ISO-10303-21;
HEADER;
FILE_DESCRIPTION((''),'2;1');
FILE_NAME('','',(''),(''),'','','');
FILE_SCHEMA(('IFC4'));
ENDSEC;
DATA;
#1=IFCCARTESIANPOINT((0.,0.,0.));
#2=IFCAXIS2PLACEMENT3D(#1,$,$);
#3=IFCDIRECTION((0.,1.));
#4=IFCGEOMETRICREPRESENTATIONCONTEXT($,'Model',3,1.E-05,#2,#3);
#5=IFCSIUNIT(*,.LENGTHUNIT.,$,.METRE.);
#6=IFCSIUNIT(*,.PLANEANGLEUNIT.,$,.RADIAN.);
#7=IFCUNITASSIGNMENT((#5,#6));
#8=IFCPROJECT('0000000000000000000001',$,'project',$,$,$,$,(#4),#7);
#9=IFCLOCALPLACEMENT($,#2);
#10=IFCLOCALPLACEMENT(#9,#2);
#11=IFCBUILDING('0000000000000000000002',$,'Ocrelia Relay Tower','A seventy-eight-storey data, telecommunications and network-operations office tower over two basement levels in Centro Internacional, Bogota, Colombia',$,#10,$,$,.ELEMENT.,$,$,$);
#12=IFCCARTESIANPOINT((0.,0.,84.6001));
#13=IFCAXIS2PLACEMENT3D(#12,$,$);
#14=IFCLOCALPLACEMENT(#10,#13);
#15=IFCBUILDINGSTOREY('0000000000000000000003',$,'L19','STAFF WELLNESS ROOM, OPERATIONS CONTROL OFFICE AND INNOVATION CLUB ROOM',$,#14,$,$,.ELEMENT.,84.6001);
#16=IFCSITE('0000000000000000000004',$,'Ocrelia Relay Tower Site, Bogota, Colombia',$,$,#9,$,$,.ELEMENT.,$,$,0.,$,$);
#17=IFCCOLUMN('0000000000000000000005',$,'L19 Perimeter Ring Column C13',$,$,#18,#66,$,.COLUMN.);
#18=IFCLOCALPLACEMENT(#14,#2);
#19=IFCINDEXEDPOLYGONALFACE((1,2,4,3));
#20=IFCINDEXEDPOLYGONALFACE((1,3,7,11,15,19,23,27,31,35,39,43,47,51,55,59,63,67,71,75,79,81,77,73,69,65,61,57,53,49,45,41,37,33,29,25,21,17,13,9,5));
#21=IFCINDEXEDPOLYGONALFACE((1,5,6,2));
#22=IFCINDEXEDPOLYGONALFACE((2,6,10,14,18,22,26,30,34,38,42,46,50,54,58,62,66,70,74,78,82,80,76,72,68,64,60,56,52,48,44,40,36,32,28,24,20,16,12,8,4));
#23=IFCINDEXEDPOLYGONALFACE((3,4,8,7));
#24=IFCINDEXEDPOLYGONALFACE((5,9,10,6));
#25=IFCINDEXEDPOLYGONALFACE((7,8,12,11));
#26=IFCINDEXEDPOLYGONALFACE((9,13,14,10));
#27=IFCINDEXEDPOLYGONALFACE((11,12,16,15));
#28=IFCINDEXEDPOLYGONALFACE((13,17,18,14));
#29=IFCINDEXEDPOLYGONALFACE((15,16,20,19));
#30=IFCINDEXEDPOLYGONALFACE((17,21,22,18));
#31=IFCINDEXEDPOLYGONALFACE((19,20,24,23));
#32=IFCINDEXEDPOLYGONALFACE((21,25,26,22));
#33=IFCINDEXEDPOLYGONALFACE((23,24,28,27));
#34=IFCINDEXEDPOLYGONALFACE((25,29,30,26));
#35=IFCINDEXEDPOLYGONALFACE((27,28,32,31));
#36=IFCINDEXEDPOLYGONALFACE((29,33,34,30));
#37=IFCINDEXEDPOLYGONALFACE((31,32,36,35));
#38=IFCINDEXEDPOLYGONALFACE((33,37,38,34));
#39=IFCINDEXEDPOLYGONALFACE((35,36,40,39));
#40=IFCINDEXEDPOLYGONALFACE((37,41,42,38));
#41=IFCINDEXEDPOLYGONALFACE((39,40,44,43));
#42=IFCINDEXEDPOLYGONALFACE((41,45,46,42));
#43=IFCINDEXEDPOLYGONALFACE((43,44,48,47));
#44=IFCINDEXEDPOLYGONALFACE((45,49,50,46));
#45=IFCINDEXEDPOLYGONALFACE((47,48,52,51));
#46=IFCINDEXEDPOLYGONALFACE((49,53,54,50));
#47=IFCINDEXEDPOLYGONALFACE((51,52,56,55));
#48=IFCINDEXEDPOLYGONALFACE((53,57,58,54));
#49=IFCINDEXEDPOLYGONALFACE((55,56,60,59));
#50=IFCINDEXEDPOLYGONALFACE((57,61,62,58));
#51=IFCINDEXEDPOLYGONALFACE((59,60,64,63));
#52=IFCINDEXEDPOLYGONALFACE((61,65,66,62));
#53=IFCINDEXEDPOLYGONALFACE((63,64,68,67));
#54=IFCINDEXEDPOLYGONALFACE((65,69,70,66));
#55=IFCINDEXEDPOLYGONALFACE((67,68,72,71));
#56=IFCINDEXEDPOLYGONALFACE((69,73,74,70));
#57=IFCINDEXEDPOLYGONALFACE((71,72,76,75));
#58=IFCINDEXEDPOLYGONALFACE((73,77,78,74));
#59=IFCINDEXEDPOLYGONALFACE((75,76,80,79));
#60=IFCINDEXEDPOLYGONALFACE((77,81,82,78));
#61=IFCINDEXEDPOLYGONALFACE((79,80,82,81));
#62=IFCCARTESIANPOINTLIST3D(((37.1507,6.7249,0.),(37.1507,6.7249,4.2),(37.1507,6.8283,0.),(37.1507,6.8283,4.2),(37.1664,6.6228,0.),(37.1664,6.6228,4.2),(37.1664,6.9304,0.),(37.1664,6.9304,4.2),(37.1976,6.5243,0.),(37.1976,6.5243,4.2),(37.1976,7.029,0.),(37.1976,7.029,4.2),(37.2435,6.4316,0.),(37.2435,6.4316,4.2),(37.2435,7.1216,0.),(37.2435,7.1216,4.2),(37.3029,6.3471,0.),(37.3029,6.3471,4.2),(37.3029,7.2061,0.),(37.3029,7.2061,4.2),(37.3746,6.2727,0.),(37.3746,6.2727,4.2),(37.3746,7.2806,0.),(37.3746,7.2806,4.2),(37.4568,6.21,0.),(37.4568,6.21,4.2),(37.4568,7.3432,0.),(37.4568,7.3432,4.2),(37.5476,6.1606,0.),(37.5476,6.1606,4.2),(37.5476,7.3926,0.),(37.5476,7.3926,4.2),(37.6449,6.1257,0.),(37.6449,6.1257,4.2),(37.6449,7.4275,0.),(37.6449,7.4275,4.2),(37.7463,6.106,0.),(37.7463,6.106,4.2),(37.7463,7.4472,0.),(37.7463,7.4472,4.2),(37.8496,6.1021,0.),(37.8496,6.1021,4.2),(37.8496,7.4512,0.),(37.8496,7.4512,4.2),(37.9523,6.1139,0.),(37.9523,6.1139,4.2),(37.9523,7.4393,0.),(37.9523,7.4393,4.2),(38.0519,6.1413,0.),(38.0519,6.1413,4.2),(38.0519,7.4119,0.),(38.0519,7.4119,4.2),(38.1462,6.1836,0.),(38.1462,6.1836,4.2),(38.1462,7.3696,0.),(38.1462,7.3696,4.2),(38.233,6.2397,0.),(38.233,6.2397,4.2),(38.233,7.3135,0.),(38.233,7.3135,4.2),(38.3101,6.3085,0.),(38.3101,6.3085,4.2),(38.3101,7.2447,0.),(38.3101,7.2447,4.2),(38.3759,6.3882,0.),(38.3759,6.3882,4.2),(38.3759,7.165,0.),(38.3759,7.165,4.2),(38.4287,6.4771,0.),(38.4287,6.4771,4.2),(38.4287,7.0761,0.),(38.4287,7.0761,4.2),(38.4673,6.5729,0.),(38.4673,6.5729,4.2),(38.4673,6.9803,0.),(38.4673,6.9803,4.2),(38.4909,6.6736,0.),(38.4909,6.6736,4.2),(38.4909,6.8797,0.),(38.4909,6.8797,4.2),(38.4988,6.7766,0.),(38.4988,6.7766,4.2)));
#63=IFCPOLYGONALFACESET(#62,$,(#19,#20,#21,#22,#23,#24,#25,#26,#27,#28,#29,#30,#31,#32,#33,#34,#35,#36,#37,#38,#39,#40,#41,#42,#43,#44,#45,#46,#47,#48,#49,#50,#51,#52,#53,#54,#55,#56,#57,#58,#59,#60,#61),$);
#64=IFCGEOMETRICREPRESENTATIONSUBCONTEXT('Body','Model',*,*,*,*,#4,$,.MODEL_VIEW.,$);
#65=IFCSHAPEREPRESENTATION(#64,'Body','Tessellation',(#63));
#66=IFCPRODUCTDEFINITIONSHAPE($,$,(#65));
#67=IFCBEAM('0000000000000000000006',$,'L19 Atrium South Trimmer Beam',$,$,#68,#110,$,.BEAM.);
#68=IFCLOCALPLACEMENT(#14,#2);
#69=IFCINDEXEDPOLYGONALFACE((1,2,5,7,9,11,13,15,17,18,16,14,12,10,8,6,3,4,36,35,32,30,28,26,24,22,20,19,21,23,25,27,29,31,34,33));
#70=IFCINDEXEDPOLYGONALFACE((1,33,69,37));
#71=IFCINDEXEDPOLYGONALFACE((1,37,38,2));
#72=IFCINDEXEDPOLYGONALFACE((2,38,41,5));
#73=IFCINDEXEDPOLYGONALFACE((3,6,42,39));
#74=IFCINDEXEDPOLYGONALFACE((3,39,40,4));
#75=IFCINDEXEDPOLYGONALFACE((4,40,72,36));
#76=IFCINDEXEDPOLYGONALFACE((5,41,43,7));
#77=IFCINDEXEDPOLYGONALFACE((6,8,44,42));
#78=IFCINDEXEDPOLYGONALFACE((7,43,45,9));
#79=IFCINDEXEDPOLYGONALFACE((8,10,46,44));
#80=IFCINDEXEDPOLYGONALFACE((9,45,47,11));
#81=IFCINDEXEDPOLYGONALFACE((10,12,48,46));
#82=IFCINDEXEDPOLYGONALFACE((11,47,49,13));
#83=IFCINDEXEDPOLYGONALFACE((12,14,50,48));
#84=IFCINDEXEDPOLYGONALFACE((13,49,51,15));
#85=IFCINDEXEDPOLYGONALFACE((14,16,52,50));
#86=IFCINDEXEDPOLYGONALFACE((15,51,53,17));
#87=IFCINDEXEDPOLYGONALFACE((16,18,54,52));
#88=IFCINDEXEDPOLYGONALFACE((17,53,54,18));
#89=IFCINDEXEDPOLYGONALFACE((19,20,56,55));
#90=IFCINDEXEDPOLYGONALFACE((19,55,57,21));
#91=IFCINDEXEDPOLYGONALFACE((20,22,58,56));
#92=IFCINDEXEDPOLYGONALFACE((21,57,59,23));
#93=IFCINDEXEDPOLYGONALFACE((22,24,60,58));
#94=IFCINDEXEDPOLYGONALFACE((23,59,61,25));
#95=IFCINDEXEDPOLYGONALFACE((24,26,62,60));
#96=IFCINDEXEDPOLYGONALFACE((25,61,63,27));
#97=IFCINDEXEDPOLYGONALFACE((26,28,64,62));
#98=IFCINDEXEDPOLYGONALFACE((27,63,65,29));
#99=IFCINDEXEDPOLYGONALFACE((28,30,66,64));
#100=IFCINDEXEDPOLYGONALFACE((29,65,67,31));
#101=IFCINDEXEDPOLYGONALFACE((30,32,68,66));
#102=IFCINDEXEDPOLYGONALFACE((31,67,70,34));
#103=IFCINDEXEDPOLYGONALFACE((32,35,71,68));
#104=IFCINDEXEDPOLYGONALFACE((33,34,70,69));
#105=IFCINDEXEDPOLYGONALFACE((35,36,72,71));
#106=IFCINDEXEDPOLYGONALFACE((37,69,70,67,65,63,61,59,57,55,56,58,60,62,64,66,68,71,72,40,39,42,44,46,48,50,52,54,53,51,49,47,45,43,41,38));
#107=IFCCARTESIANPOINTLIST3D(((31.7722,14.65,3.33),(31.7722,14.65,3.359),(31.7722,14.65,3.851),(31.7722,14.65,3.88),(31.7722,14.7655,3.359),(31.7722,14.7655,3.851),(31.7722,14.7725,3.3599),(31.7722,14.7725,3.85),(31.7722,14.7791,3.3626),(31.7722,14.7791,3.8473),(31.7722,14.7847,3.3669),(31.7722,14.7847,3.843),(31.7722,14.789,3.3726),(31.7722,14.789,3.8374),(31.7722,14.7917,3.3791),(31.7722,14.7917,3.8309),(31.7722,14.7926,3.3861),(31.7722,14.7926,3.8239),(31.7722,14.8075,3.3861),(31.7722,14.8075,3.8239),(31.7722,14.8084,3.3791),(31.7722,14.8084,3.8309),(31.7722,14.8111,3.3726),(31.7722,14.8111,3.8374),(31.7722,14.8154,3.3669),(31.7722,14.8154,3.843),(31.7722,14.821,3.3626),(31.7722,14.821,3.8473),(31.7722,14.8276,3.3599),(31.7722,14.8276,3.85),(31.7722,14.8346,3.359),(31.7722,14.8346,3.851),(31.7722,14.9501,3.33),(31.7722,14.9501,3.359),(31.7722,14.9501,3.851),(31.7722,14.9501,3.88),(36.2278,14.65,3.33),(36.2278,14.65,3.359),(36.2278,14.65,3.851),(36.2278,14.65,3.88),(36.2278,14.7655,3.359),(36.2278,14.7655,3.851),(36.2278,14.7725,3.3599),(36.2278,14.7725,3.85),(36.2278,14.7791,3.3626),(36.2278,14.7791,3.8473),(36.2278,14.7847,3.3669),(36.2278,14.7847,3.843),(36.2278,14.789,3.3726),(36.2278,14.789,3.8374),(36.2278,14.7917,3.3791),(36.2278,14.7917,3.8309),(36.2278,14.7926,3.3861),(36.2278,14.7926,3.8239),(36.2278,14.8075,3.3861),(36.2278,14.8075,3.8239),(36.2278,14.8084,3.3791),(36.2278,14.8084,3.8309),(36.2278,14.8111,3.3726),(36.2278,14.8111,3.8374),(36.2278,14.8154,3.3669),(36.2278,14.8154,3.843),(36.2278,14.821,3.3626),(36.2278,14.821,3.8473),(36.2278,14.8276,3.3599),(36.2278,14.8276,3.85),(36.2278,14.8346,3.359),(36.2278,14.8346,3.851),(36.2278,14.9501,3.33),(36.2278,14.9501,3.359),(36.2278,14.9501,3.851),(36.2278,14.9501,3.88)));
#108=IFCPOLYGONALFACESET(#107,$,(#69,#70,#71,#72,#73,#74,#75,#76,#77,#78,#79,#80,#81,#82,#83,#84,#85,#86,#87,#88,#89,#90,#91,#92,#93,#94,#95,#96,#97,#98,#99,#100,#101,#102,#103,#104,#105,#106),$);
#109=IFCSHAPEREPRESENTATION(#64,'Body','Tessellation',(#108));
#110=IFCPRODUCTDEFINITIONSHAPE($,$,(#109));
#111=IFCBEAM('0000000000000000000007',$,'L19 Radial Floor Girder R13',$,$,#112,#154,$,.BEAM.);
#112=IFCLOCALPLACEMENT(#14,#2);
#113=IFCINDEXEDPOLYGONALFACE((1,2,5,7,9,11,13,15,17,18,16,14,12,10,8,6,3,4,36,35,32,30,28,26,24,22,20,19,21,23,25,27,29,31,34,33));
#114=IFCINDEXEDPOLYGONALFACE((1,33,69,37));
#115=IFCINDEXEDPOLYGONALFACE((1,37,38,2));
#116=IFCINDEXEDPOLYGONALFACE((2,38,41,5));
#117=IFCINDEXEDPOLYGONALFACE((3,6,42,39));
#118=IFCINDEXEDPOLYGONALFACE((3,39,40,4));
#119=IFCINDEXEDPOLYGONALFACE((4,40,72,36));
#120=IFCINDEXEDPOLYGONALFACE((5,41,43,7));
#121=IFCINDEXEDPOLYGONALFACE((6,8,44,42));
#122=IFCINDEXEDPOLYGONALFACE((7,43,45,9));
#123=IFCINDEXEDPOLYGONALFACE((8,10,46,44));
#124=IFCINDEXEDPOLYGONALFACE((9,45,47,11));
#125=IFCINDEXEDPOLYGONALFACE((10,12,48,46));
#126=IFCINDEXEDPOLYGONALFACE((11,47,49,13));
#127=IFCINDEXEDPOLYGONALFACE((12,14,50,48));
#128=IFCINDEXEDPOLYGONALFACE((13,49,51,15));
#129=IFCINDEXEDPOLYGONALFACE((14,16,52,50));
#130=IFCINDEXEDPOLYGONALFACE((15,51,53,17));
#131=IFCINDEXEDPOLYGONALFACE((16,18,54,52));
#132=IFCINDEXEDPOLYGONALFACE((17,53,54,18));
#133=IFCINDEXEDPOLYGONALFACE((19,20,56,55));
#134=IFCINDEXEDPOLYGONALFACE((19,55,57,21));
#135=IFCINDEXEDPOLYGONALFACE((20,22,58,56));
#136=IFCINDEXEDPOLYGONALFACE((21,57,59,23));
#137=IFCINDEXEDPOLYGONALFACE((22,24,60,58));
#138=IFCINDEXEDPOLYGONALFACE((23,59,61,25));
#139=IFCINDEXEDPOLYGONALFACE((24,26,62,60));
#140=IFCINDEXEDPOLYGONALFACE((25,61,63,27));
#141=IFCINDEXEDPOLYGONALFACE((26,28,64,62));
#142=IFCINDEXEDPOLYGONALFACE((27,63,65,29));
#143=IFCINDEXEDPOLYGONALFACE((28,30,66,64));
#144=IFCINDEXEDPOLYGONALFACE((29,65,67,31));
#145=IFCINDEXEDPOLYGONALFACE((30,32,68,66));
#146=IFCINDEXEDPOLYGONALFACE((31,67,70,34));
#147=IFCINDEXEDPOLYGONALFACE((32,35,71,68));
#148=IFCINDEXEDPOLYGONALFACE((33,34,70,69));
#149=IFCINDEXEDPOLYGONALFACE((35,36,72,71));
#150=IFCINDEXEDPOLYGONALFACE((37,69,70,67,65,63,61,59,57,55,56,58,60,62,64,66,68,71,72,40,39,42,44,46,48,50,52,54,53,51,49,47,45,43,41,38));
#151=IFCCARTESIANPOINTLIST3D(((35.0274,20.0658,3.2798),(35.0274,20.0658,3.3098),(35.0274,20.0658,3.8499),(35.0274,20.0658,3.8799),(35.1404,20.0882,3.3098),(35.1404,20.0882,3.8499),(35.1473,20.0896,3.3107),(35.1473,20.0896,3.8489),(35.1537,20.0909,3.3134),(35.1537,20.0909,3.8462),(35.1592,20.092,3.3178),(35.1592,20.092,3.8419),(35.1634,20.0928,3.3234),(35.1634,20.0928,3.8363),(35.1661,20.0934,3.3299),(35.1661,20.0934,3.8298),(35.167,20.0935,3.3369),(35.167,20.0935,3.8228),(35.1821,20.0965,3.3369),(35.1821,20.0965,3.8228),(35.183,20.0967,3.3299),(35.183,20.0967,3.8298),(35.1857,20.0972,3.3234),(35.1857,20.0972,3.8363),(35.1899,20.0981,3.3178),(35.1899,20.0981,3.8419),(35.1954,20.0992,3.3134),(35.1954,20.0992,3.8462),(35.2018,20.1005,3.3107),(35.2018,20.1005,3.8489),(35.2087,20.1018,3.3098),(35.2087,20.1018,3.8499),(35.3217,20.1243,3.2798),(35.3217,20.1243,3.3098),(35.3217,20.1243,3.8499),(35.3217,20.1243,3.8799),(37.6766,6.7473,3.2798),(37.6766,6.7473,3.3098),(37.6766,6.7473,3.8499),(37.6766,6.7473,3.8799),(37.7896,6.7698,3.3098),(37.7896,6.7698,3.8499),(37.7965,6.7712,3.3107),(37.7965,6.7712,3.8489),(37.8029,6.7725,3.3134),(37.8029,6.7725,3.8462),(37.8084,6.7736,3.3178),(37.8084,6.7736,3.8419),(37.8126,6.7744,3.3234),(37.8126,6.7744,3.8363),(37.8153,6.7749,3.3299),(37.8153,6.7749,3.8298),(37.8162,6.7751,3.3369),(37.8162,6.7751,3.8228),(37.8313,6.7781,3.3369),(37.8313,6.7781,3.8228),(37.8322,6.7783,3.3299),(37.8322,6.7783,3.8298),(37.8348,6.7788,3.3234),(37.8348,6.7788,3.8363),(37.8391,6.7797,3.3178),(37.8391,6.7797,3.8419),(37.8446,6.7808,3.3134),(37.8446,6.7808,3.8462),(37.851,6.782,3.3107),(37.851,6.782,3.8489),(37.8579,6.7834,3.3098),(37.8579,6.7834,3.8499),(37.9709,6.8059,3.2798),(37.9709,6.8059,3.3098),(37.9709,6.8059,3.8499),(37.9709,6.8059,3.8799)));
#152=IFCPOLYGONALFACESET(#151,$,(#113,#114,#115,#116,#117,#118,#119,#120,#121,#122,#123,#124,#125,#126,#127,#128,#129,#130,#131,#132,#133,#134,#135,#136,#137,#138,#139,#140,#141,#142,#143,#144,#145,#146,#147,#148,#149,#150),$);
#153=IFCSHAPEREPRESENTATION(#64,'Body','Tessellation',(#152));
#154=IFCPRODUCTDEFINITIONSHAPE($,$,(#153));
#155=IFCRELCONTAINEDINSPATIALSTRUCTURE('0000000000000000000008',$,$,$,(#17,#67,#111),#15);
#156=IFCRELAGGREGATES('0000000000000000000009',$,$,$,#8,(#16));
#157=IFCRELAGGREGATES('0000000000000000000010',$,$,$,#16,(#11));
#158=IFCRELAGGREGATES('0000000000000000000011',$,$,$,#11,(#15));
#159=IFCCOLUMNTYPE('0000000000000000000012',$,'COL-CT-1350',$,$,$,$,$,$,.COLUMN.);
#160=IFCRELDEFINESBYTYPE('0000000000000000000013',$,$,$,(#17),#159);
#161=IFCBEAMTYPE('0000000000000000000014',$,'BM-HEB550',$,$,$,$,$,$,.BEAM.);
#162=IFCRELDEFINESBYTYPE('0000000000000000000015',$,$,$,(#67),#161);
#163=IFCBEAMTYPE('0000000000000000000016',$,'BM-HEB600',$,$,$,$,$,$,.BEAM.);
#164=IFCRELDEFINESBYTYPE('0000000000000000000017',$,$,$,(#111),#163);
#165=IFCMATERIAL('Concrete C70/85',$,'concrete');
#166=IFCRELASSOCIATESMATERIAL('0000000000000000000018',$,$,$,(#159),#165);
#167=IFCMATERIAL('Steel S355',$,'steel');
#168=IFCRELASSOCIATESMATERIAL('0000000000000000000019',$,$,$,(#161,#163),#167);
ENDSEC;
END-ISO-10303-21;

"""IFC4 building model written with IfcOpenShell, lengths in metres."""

from ifc_helpers import new_model, si_unit, direction, frame, origin, origin_2d, place, context, subcontext, project, spatial, circle, i_section, extrude, material, material_profile, profile_set, type_object, element, save


model = new_model("IFC4")

# Units and contexts
model_context = context("Model", 3, precision=1e-05, world=origin(), true_north=direction((0.0, 1.0)))
body_context = subcontext(model_context, "Body", "Model", "MODEL_VIEW")
ifc_project = project(units=[si_unit("LENGTHUNIT", "METRE"), si_unit("PLANEANGLEUNIT", "RADIAN")], contexts=[model_context])

# Site, building, storey
site_placement = place(None, origin())
site = spatial("IfcSite", under=ifc_project, at=site_placement, Name="Ocrelia Relay Tower Site, Bogota, Colombia", CompositionType="ELEMENT", RefElevation=0.0)
building_placement = place(site_placement, origin())
building = spatial("IfcBuilding", under=site, at=building_placement, Name="Ocrelia Relay Tower", Description="A seventy-eight-storey data, telecommunications and network-operations office tower over two basement levels in Centro Internacional, Bogota, Colombia", CompositionType="ELEMENT")
storey_placement = place(building_placement, frame((0.0, 0.0, 84.6001)))
storey = spatial("IfcBuildingStorey", under=building, at=storey_placement, Name="L19", Description="STAFF WELLNESS ROOM, OPERATIONS CONTROL OFFICE AND INNOVATION CLUB ROOM", CompositionType="ELEMENT", Elevation=84.6001)

# Column
ifc_material_1 = material(Name="Concrete C70/85", Category="concrete")
ifc_material_profile_1 = material_profile(ifc_material_1, circle(Radius=0.675, at=origin_2d()), Name="RC-CIR-1350")
ifc_profile_set_1 = profile_set([ifc_material_profile_1], Name="Concrete C70/85")
column_type = type_object("IfcColumnType", Name="COL-CT-1350", PredefinedType="COLUMN", material=ifc_profile_set_1)
column_placement = place(storey_placement, frame((37.8237, 6.7766, 0.0), z_axis=(0.0, 0.0, 1.0), x_axis=(1.0, 0.0, 0.0)))
element("IfcColumn", 1, at=column_placement, inside=storey, type_object=column_type, Name="L19 Perimeter Ring Column C13", PredefinedType="COLUMN", context=body_context, shape_type="SweptSolid", body=[
    extrude(circle(Radius=0.675, at=origin_2d()), origin(), (0.0, 0.0, 1.0), 4.2),
])

# Beams
ifc_material_2 = material(Name="Steel S355", Category="steel")
ifc_material_profile_2 = material_profile(ifc_material_2, i_section(OverallWidth=0.3, OverallDepth=0.55, WebThickness=0.0149, FlangeThickness=0.0291, FilletRadius=0.0271, at=origin_2d()), Name="HEB 550")
ifc_profile_set_2 = profile_set([ifc_material_profile_2], Name="Steel S355")
beam_type_1 = type_object("IfcBeamType", Name="BM-HEB550", PredefinedType="BEAM", material=ifc_profile_set_2)
beam_1_placement = place(storey_placement, frame((31.7722, 14.8, 3.605), z_axis=(1.0, 0.0, 0.0), x_axis=(0.0, 1.0, 0.0)))
element("IfcBeam", 2, at=beam_1_placement, inside=storey, type_object=beam_type_1, Name="L19 Atrium South Trimmer Beam", PredefinedType="BEAM", context=body_context, shape_type="SweptSolid", body=[
    extrude(i_section(OverallWidth=0.3, OverallDepth=0.55, WebThickness=0.0149, FlangeThickness=0.0291, FilletRadius=0.0271, at=origin_2d()), origin(), (0.0, 0.0, 1.0), 4.4556),
])
ifc_material_profile_3 = material_profile(ifc_material_2, i_section(OverallWidth=0.3, OverallDepth=0.6001, WebThickness=0.0154, FlangeThickness=0.03, FilletRadius=0.0271, at=origin_2d()), Name="HEB 600")
ifc_profile_set_3 = profile_set([ifc_material_profile_3], Name="Steel S355")
beam_type_2 = type_object("IfcBeamType", Name="BM-HEB600", PredefinedType="BEAM", material=ifc_profile_set_3)
beam_2_placement = place(storey_placement, frame((37.8237, 6.7766, 3.5798), z_axis=(-0.195089, 0.980786, 0.0), x_axis=(-0.980786, -0.195089, 0.0)))
element("IfcBeam", 3, at=beam_2_placement, inside=storey, type_object=beam_type_2, Name="L19 Radial Floor Girder R13", PredefinedType="BEAM", context=body_context, shape_type="SweptSolid", body=[
    extrude(i_section(OverallWidth=0.3, OverallDepth=0.6001, WebThickness=0.0154, FlangeThickness=0.03, FilletRadius=0.0271, at=origin_2d()), origin(), (0.0, 0.0, 1.0), 13.5793),
])

save(model, "model.ifc")
